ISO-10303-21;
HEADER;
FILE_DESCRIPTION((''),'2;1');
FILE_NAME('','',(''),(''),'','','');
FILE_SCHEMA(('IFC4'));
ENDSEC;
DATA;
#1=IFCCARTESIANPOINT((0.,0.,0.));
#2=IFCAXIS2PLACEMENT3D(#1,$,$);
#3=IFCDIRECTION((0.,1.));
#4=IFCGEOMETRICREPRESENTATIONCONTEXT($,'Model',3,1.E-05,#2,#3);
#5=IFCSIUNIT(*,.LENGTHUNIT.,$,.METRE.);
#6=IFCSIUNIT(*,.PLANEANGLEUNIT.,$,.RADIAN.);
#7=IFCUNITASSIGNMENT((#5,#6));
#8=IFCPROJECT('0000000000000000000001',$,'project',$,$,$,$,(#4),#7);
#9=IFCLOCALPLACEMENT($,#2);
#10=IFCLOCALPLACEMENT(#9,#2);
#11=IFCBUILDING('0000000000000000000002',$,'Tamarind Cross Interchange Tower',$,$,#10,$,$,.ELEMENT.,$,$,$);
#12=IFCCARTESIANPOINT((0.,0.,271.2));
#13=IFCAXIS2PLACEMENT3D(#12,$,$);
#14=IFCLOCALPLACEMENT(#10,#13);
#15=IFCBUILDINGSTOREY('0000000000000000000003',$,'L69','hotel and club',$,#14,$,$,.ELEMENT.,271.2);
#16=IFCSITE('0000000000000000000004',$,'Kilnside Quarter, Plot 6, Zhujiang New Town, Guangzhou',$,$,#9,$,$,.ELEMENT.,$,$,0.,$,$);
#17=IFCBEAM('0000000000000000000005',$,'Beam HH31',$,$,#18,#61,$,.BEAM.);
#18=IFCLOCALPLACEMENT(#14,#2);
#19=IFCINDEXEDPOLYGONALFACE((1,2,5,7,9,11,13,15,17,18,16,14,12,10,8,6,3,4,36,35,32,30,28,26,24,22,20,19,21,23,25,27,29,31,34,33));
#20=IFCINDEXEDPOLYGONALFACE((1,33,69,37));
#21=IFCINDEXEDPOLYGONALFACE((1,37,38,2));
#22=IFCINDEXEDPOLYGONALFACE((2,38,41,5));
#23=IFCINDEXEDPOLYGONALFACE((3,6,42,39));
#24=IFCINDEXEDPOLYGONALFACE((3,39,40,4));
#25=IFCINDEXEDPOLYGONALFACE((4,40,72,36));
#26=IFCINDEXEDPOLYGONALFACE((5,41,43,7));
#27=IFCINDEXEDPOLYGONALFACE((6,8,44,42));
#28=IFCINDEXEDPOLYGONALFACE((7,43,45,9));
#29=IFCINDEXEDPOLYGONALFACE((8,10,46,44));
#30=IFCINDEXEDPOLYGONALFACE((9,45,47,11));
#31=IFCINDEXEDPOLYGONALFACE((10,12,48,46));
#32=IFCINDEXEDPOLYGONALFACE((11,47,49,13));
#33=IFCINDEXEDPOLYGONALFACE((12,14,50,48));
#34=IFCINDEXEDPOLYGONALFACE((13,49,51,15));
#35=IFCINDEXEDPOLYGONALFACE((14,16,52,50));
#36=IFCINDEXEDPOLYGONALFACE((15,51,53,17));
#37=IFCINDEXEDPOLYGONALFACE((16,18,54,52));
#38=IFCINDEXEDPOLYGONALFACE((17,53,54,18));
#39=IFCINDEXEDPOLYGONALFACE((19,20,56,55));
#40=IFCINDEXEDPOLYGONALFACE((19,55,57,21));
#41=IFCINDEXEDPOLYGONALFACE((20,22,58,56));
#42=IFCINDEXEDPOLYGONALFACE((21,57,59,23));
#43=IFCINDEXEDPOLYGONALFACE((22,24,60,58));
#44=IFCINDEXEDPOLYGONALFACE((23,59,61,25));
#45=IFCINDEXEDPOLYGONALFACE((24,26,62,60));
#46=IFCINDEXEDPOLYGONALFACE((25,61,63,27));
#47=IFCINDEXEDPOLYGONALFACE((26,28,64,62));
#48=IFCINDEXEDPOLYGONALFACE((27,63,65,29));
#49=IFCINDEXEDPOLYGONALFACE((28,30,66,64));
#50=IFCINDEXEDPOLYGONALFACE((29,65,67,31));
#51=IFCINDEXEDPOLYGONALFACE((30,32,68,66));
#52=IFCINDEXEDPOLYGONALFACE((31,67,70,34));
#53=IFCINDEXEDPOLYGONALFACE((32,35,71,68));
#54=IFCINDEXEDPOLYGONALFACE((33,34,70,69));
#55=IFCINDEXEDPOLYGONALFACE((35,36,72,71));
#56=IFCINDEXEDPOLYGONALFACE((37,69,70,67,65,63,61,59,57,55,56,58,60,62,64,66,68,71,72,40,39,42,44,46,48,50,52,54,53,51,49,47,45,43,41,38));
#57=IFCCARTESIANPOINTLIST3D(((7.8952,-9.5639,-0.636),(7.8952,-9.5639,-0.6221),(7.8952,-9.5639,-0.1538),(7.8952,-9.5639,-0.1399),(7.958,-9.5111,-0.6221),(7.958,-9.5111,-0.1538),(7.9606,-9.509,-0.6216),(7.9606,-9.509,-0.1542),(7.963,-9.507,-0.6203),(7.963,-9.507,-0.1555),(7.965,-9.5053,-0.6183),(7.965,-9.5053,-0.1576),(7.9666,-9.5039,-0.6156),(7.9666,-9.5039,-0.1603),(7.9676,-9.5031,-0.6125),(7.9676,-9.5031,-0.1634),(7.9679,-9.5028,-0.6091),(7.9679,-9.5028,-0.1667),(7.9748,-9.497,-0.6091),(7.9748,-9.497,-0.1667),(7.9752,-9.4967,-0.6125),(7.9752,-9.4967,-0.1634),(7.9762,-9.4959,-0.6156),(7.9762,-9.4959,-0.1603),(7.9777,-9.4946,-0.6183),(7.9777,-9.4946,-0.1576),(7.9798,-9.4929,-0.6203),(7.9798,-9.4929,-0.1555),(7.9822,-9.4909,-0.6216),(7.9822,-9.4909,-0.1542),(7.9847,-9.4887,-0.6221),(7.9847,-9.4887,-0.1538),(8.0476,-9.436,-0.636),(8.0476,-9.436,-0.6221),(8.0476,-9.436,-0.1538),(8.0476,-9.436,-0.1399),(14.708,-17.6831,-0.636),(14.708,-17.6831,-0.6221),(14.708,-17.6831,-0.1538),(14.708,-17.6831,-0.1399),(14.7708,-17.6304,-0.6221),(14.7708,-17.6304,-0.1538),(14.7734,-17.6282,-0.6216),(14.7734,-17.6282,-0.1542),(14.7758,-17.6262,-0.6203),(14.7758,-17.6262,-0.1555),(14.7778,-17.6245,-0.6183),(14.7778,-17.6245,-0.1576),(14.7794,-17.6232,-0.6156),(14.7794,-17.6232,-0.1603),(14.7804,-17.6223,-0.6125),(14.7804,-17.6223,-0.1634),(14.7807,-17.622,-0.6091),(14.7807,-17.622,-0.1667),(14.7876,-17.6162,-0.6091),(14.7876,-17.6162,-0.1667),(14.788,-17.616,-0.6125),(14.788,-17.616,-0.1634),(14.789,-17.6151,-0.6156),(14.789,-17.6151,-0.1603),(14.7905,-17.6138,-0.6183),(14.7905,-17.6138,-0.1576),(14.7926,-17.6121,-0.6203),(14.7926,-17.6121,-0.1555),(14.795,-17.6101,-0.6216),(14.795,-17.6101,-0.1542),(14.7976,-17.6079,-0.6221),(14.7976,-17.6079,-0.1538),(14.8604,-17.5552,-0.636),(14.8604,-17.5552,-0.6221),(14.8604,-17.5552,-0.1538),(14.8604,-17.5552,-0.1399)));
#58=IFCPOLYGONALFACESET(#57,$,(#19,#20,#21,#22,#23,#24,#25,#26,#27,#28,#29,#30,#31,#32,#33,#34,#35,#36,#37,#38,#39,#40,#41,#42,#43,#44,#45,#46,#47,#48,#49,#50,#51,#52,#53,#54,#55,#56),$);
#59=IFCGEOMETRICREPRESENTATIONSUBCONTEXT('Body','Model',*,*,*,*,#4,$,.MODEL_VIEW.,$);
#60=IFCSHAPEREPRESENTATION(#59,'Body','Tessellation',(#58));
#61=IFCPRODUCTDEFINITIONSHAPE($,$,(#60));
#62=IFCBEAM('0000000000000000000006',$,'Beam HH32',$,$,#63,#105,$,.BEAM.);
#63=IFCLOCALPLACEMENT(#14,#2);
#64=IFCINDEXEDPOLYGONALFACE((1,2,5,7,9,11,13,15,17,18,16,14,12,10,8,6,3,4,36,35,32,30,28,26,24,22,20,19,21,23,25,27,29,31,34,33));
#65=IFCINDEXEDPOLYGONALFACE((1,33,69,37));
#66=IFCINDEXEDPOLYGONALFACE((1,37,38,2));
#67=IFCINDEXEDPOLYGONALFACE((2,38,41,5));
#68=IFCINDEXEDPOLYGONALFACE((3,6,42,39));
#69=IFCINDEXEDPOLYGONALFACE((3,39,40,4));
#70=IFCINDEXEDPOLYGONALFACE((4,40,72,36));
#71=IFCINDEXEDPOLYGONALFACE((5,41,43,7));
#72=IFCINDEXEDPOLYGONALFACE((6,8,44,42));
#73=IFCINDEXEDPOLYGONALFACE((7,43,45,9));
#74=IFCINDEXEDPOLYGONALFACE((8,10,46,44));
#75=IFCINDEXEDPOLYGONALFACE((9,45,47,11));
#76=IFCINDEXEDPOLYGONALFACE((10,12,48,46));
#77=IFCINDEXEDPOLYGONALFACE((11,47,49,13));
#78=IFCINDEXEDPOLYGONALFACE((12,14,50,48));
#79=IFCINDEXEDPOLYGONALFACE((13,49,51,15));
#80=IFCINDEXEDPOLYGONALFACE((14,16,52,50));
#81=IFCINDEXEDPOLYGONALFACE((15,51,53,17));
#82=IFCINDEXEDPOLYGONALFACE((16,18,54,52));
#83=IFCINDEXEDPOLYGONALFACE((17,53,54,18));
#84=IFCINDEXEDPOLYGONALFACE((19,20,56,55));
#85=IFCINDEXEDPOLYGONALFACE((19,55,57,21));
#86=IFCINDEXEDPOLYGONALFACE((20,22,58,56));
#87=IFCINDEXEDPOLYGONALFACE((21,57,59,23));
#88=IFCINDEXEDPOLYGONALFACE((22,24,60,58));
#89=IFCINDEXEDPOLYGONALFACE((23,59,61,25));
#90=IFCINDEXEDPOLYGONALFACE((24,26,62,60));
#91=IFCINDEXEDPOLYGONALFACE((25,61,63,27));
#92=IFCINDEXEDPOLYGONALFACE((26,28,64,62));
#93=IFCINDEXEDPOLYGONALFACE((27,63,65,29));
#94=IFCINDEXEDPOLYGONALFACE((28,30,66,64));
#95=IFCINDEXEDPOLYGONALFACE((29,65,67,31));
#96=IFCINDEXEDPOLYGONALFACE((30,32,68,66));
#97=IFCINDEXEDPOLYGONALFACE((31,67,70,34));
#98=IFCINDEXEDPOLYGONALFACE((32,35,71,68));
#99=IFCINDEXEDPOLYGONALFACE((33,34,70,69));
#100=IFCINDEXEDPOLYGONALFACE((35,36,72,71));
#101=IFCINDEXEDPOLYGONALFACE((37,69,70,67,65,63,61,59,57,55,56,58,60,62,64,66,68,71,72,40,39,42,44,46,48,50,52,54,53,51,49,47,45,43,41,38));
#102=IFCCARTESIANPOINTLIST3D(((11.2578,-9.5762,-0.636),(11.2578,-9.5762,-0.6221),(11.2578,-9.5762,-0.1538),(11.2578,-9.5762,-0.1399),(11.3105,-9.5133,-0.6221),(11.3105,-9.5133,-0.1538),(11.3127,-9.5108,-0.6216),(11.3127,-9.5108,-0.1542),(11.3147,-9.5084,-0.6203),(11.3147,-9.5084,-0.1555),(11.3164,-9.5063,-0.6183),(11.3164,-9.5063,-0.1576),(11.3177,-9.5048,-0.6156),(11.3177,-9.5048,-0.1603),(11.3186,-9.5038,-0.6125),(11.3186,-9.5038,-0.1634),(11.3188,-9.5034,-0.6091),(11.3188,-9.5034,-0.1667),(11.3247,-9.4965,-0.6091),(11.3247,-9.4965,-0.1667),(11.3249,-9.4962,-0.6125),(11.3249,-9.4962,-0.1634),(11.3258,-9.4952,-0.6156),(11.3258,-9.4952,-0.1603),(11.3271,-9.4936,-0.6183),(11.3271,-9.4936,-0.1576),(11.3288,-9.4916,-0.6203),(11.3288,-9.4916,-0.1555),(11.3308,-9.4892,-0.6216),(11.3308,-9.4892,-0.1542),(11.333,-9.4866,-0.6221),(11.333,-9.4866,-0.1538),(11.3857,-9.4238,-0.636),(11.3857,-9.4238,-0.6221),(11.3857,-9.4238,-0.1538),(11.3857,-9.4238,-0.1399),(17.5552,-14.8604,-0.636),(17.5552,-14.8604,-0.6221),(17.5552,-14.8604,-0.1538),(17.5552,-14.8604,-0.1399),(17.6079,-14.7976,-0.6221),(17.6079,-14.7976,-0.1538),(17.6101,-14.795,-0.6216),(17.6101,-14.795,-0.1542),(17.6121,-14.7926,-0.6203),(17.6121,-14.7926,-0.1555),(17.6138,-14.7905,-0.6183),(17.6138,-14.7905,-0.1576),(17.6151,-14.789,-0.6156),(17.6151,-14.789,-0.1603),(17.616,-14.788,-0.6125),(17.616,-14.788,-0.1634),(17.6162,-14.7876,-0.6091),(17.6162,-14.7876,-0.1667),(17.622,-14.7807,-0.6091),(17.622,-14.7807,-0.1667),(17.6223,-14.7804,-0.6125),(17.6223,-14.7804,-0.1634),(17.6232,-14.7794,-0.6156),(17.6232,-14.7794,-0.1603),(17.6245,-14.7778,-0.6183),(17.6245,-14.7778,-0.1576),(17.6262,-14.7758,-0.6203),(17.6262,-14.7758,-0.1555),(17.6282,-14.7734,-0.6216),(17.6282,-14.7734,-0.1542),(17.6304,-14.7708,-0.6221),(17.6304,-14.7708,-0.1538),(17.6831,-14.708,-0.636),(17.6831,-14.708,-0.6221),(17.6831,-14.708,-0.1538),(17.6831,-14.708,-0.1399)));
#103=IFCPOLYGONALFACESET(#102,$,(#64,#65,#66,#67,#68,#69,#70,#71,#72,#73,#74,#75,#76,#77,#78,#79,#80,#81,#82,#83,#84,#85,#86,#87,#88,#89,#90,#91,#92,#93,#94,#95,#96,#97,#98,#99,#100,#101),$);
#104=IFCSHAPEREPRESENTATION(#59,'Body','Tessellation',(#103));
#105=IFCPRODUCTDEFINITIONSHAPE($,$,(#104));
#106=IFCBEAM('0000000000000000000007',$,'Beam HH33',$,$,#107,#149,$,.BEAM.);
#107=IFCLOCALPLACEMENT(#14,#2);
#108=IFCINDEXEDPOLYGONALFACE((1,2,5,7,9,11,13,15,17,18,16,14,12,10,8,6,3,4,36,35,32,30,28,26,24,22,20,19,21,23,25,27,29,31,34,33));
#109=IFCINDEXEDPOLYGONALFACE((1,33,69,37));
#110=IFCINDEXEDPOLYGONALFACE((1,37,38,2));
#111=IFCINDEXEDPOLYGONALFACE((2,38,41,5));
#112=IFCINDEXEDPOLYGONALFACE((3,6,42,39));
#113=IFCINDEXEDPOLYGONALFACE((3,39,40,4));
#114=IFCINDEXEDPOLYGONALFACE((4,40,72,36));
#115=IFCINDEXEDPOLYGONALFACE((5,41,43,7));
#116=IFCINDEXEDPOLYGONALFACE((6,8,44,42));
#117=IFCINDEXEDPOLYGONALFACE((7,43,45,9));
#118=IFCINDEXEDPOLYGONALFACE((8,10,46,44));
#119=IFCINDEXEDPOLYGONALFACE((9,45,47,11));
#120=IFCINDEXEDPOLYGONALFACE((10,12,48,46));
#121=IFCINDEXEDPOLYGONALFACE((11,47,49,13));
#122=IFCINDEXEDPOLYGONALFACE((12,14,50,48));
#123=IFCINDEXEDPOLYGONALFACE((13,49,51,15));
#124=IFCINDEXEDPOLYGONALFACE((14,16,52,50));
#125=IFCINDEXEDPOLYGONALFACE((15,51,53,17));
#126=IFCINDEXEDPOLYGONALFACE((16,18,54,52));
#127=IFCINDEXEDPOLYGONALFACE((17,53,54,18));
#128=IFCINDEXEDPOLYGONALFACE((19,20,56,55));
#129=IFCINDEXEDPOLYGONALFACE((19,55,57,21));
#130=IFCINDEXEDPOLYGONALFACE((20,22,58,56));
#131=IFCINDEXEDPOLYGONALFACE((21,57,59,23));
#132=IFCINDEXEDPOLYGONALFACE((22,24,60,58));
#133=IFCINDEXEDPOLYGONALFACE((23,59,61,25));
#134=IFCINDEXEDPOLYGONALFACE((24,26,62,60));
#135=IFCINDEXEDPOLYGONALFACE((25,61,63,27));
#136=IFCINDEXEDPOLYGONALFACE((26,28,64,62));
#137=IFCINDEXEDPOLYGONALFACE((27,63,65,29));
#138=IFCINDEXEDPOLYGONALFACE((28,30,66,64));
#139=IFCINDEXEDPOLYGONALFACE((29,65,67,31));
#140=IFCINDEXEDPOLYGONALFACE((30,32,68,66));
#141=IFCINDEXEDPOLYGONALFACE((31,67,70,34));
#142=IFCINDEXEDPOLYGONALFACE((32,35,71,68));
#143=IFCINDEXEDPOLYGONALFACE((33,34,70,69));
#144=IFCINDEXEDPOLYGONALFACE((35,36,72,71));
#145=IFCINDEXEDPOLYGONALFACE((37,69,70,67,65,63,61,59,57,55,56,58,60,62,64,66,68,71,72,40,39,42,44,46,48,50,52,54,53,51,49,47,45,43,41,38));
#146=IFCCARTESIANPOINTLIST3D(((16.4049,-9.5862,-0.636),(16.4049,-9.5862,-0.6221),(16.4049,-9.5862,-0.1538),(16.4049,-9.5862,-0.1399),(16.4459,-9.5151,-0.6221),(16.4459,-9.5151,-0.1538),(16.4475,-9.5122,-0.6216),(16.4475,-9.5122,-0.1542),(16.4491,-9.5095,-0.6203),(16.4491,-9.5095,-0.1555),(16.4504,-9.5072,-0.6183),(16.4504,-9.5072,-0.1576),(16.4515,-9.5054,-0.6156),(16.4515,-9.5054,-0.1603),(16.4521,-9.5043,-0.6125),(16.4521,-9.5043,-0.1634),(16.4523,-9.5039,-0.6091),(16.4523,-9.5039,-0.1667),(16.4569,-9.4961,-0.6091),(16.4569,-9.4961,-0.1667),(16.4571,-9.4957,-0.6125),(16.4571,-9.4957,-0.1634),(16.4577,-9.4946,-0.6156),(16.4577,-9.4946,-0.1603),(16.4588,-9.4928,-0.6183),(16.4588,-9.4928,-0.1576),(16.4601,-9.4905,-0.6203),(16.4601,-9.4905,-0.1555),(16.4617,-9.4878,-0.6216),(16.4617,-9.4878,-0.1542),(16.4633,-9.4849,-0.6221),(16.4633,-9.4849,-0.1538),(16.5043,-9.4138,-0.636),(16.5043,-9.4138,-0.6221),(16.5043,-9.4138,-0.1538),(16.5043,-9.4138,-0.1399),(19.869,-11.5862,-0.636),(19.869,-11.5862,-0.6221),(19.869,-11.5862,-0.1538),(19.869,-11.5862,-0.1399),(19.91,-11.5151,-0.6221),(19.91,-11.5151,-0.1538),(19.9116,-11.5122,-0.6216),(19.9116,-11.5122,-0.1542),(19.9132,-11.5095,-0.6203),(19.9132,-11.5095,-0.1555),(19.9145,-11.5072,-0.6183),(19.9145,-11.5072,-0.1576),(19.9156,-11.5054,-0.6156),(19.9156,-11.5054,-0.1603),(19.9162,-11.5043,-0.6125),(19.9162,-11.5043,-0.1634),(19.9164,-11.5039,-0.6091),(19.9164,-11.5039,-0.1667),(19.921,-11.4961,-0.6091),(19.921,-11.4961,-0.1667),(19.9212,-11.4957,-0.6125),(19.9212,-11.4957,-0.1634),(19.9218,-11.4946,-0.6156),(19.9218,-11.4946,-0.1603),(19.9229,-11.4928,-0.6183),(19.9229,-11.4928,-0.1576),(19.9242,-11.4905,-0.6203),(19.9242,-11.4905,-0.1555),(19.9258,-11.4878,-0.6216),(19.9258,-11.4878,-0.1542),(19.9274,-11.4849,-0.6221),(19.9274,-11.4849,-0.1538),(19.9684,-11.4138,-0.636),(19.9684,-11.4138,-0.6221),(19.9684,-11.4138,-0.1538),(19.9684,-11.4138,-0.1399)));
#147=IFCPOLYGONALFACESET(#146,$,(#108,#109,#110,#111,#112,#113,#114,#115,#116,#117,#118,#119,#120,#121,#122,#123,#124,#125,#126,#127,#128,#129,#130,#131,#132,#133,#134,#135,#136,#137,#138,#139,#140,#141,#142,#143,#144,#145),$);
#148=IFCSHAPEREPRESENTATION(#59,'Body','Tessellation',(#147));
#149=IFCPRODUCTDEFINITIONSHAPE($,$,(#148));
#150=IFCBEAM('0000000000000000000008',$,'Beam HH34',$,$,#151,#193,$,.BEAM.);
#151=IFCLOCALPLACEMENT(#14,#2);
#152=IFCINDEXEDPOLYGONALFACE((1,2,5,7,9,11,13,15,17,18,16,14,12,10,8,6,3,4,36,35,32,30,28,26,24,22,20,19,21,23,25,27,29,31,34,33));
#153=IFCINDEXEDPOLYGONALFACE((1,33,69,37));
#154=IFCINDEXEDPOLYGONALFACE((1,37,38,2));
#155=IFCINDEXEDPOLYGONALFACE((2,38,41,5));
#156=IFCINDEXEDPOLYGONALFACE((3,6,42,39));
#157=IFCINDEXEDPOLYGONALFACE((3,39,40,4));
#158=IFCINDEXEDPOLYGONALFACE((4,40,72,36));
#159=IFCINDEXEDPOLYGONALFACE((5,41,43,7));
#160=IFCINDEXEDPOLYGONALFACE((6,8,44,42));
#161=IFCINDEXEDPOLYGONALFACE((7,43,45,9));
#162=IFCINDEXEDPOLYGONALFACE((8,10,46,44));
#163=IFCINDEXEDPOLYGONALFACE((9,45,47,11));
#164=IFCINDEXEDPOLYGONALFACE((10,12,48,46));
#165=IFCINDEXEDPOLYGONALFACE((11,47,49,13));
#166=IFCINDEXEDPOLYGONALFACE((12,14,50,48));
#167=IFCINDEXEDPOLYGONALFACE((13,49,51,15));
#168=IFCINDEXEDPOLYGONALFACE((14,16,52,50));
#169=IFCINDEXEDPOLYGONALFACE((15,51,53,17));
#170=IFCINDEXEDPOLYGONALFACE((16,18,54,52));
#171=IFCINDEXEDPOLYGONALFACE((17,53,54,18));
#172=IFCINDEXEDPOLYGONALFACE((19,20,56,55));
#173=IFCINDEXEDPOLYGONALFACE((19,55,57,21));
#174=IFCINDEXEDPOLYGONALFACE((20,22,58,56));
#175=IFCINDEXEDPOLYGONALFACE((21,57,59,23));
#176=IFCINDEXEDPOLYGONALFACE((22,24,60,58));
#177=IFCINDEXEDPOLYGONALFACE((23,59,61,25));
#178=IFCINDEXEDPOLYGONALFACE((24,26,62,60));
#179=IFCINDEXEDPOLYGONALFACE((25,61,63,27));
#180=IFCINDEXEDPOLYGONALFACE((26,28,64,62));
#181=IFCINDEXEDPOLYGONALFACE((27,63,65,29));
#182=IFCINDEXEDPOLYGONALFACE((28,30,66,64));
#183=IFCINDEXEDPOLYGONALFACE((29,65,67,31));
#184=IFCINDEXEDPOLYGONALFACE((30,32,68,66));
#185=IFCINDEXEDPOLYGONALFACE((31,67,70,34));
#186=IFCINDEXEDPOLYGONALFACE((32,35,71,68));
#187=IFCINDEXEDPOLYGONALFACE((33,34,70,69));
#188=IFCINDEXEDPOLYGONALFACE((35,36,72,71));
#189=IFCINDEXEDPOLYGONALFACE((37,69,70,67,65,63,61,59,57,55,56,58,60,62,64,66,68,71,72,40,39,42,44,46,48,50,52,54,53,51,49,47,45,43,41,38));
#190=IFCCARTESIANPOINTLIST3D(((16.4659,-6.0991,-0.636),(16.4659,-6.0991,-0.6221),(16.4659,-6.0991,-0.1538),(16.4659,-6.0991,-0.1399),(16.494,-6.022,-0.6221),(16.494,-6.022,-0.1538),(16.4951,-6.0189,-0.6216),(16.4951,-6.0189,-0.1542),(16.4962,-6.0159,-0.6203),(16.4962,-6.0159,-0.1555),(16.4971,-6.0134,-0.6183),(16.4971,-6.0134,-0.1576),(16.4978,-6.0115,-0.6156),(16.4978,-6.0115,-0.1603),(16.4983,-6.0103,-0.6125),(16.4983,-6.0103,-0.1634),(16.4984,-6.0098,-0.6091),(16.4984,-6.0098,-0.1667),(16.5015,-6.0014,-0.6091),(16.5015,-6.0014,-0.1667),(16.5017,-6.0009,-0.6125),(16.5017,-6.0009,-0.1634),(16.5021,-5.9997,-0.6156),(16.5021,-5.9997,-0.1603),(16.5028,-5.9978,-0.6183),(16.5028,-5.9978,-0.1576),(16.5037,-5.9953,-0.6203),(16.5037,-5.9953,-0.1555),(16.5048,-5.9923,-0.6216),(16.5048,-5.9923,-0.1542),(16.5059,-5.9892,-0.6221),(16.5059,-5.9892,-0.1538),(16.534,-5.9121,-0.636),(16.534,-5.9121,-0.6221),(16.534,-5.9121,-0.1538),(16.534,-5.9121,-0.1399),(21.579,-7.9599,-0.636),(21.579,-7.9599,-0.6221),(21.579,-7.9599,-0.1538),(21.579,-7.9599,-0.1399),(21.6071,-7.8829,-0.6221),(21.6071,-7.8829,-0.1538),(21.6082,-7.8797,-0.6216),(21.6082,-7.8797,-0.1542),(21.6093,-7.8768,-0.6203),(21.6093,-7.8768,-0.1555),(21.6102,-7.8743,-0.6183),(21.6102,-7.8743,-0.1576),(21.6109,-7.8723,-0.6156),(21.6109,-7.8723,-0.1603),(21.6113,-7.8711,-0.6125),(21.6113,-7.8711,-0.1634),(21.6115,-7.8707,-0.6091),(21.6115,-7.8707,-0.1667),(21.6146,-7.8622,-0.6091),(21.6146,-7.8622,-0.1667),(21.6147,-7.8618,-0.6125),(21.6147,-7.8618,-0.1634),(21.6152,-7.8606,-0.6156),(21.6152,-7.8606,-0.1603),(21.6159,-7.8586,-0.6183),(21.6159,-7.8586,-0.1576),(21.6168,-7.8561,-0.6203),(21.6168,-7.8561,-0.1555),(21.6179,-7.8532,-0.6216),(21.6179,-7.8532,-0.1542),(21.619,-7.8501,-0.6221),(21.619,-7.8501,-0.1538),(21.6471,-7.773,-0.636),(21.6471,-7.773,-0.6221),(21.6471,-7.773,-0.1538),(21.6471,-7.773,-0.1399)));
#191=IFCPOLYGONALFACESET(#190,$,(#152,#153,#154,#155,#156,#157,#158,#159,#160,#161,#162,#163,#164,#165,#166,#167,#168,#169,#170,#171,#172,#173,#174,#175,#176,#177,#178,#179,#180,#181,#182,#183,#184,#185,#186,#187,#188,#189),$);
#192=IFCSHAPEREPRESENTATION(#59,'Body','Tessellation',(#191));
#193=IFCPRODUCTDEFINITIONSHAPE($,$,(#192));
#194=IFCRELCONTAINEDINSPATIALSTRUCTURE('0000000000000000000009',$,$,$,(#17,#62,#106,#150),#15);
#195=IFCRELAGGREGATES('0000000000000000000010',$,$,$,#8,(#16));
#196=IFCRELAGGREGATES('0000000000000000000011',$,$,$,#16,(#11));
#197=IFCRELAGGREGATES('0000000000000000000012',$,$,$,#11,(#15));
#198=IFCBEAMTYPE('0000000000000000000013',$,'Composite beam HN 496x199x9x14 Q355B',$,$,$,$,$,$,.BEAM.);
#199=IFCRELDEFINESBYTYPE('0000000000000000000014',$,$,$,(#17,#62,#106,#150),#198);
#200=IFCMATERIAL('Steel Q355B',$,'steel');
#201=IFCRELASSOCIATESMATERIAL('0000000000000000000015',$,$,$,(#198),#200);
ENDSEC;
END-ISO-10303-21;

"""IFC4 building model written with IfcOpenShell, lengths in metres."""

from ifc_helpers import new_model, si_unit, direction, frame, origin, origin_2d, place, context, subcontext, project, spatial, i_section, extrude, material, material_profile, profile_set, type_object, element, save


model = new_model("IFC4")

# Units and contexts
model_context = context("Model", 3, precision=1e-05, world=origin(), true_north=direction((0.0, 1.0)))
body_context = subcontext(model_context, "Body", "Model", "MODEL_VIEW")
ifc_project = project(units=[si_unit("LENGTHUNIT", "METRE"), si_unit("PLANEANGLEUNIT", "RADIAN")], contexts=[model_context])

# Site, building, storey
site_placement = place(None, origin())
site = spatial("IfcSite", under=ifc_project, at=site_placement, Name="Kilnside Quarter, Plot 6, Zhujiang New Town, Guangzhou", CompositionType="ELEMENT", RefElevation=0.0)
building_placement = place(site_placement, origin())
building = spatial("IfcBuilding", under=site, at=building_placement, Name="Tamarind Cross Interchange Tower", CompositionType="ELEMENT")
storey_placement = place(building_placement, frame((0.0, 0.0, 271.2)))
storey = spatial("IfcBuildingStorey", under=building, at=storey_placement, Name="L69", Description="hotel and club", CompositionType="ELEMENT", Elevation=271.2)

# Beams
ifc_material_1 = material(Name="Steel Q355B", Category="steel")
ifc_material_profile_1 = material_profile(ifc_material_1, i_section(OverallWidth=0.199, OverallDepth=0.4961, WebThickness=0.009, FlangeThickness=0.0139, FilletRadius=0.0129, at=origin_2d()), Name="HN 496x199x9x14")
ifc_profile_set_1 = profile_set([ifc_material_profile_1], Name="Steel Q355B")
beam_type = type_object("IfcBeamType", Name="Composite beam HN 496x199x9x14 Q355B", PredefinedType="BEAM", material=ifc_profile_set_1)
beam_1_placement = place(storey_placement, frame((14.7842, -17.6191, -0.3879), z_axis=(-0.642786, 0.766046, 0.0), x_axis=(-0.766046, -0.642786, 0.0)))
element("IfcBeam", 1, at=beam_1_placement, inside=storey, type_object=beam_type, Name="Beam HH31", PredefinedType="BEAM", context=body_context, shape_type="SweptSolid", body=[
    extrude(i_section(OverallWidth=0.199, OverallDepth=0.4961, WebThickness=0.009, FlangeThickness=0.0139, FilletRadius=0.0129, at=origin_2d()), origin(), (0.0, 0.0, 1.0), 10.5989),
])
beam_2_placement = place(storey_placement, frame((17.6191, -14.7842, -0.3879), z_axis=(-0.766041, 0.642792, 0.0), x_axis=(-0.642792, -0.766041, 0.0)))
element("IfcBeam", 2, at=beam_2_placement, inside=storey, type_object=beam_type, Name="Beam HH32", PredefinedType="BEAM", context=body_context, shape_type="SweptSolid", body=[
    extrude(i_section(OverallWidth=0.199, OverallDepth=0.4961, WebThickness=0.009, FlangeThickness=0.0139, FilletRadius=0.0129, at=origin_2d()), origin(), (0.0, 0.0, 1.0), 8.2207),
])
beam_3_placement = place(storey_placement, frame((19.9187, -11.5, -0.3879), z_axis=(-0.866026, 0.499999, 0.0), x_axis=(-0.499999, -0.866026, 0.0)))
element("IfcBeam", 3, at=beam_3_placement, inside=storey, type_object=beam_type, Name="Beam HH33", PredefinedType="BEAM", context=body_context, shape_type="SweptSolid", body=[
    extrude(i_section(OverallWidth=0.199, OverallDepth=0.4961, WebThickness=0.009, FlangeThickness=0.0139, FilletRadius=0.0129, at=origin_2d()), origin(), (0.0, 0.0, 1.0), 4.0),
])
beam_4_placement = place(storey_placement, frame((21.613, -7.8665, -0.3879), z_axis=(-0.939702, 0.341995, 0.0), x_axis=(-0.341995, -0.939702, 0.0)))
element("IfcBeam", 4, at=beam_4_placement, inside=storey, type_object=beam_type, Name="Beam HH34", PredefinedType="BEAM", context=body_context, shape_type="SweptSolid", body=[
    extrude(i_section(OverallWidth=0.199, OverallDepth=0.4961, WebThickness=0.009, FlangeThickness=0.0139, FilletRadius=0.0129, at=origin_2d()), origin(), (0.0, 0.0, 1.0), 5.4412),
])

save(model, "model.ifc")
